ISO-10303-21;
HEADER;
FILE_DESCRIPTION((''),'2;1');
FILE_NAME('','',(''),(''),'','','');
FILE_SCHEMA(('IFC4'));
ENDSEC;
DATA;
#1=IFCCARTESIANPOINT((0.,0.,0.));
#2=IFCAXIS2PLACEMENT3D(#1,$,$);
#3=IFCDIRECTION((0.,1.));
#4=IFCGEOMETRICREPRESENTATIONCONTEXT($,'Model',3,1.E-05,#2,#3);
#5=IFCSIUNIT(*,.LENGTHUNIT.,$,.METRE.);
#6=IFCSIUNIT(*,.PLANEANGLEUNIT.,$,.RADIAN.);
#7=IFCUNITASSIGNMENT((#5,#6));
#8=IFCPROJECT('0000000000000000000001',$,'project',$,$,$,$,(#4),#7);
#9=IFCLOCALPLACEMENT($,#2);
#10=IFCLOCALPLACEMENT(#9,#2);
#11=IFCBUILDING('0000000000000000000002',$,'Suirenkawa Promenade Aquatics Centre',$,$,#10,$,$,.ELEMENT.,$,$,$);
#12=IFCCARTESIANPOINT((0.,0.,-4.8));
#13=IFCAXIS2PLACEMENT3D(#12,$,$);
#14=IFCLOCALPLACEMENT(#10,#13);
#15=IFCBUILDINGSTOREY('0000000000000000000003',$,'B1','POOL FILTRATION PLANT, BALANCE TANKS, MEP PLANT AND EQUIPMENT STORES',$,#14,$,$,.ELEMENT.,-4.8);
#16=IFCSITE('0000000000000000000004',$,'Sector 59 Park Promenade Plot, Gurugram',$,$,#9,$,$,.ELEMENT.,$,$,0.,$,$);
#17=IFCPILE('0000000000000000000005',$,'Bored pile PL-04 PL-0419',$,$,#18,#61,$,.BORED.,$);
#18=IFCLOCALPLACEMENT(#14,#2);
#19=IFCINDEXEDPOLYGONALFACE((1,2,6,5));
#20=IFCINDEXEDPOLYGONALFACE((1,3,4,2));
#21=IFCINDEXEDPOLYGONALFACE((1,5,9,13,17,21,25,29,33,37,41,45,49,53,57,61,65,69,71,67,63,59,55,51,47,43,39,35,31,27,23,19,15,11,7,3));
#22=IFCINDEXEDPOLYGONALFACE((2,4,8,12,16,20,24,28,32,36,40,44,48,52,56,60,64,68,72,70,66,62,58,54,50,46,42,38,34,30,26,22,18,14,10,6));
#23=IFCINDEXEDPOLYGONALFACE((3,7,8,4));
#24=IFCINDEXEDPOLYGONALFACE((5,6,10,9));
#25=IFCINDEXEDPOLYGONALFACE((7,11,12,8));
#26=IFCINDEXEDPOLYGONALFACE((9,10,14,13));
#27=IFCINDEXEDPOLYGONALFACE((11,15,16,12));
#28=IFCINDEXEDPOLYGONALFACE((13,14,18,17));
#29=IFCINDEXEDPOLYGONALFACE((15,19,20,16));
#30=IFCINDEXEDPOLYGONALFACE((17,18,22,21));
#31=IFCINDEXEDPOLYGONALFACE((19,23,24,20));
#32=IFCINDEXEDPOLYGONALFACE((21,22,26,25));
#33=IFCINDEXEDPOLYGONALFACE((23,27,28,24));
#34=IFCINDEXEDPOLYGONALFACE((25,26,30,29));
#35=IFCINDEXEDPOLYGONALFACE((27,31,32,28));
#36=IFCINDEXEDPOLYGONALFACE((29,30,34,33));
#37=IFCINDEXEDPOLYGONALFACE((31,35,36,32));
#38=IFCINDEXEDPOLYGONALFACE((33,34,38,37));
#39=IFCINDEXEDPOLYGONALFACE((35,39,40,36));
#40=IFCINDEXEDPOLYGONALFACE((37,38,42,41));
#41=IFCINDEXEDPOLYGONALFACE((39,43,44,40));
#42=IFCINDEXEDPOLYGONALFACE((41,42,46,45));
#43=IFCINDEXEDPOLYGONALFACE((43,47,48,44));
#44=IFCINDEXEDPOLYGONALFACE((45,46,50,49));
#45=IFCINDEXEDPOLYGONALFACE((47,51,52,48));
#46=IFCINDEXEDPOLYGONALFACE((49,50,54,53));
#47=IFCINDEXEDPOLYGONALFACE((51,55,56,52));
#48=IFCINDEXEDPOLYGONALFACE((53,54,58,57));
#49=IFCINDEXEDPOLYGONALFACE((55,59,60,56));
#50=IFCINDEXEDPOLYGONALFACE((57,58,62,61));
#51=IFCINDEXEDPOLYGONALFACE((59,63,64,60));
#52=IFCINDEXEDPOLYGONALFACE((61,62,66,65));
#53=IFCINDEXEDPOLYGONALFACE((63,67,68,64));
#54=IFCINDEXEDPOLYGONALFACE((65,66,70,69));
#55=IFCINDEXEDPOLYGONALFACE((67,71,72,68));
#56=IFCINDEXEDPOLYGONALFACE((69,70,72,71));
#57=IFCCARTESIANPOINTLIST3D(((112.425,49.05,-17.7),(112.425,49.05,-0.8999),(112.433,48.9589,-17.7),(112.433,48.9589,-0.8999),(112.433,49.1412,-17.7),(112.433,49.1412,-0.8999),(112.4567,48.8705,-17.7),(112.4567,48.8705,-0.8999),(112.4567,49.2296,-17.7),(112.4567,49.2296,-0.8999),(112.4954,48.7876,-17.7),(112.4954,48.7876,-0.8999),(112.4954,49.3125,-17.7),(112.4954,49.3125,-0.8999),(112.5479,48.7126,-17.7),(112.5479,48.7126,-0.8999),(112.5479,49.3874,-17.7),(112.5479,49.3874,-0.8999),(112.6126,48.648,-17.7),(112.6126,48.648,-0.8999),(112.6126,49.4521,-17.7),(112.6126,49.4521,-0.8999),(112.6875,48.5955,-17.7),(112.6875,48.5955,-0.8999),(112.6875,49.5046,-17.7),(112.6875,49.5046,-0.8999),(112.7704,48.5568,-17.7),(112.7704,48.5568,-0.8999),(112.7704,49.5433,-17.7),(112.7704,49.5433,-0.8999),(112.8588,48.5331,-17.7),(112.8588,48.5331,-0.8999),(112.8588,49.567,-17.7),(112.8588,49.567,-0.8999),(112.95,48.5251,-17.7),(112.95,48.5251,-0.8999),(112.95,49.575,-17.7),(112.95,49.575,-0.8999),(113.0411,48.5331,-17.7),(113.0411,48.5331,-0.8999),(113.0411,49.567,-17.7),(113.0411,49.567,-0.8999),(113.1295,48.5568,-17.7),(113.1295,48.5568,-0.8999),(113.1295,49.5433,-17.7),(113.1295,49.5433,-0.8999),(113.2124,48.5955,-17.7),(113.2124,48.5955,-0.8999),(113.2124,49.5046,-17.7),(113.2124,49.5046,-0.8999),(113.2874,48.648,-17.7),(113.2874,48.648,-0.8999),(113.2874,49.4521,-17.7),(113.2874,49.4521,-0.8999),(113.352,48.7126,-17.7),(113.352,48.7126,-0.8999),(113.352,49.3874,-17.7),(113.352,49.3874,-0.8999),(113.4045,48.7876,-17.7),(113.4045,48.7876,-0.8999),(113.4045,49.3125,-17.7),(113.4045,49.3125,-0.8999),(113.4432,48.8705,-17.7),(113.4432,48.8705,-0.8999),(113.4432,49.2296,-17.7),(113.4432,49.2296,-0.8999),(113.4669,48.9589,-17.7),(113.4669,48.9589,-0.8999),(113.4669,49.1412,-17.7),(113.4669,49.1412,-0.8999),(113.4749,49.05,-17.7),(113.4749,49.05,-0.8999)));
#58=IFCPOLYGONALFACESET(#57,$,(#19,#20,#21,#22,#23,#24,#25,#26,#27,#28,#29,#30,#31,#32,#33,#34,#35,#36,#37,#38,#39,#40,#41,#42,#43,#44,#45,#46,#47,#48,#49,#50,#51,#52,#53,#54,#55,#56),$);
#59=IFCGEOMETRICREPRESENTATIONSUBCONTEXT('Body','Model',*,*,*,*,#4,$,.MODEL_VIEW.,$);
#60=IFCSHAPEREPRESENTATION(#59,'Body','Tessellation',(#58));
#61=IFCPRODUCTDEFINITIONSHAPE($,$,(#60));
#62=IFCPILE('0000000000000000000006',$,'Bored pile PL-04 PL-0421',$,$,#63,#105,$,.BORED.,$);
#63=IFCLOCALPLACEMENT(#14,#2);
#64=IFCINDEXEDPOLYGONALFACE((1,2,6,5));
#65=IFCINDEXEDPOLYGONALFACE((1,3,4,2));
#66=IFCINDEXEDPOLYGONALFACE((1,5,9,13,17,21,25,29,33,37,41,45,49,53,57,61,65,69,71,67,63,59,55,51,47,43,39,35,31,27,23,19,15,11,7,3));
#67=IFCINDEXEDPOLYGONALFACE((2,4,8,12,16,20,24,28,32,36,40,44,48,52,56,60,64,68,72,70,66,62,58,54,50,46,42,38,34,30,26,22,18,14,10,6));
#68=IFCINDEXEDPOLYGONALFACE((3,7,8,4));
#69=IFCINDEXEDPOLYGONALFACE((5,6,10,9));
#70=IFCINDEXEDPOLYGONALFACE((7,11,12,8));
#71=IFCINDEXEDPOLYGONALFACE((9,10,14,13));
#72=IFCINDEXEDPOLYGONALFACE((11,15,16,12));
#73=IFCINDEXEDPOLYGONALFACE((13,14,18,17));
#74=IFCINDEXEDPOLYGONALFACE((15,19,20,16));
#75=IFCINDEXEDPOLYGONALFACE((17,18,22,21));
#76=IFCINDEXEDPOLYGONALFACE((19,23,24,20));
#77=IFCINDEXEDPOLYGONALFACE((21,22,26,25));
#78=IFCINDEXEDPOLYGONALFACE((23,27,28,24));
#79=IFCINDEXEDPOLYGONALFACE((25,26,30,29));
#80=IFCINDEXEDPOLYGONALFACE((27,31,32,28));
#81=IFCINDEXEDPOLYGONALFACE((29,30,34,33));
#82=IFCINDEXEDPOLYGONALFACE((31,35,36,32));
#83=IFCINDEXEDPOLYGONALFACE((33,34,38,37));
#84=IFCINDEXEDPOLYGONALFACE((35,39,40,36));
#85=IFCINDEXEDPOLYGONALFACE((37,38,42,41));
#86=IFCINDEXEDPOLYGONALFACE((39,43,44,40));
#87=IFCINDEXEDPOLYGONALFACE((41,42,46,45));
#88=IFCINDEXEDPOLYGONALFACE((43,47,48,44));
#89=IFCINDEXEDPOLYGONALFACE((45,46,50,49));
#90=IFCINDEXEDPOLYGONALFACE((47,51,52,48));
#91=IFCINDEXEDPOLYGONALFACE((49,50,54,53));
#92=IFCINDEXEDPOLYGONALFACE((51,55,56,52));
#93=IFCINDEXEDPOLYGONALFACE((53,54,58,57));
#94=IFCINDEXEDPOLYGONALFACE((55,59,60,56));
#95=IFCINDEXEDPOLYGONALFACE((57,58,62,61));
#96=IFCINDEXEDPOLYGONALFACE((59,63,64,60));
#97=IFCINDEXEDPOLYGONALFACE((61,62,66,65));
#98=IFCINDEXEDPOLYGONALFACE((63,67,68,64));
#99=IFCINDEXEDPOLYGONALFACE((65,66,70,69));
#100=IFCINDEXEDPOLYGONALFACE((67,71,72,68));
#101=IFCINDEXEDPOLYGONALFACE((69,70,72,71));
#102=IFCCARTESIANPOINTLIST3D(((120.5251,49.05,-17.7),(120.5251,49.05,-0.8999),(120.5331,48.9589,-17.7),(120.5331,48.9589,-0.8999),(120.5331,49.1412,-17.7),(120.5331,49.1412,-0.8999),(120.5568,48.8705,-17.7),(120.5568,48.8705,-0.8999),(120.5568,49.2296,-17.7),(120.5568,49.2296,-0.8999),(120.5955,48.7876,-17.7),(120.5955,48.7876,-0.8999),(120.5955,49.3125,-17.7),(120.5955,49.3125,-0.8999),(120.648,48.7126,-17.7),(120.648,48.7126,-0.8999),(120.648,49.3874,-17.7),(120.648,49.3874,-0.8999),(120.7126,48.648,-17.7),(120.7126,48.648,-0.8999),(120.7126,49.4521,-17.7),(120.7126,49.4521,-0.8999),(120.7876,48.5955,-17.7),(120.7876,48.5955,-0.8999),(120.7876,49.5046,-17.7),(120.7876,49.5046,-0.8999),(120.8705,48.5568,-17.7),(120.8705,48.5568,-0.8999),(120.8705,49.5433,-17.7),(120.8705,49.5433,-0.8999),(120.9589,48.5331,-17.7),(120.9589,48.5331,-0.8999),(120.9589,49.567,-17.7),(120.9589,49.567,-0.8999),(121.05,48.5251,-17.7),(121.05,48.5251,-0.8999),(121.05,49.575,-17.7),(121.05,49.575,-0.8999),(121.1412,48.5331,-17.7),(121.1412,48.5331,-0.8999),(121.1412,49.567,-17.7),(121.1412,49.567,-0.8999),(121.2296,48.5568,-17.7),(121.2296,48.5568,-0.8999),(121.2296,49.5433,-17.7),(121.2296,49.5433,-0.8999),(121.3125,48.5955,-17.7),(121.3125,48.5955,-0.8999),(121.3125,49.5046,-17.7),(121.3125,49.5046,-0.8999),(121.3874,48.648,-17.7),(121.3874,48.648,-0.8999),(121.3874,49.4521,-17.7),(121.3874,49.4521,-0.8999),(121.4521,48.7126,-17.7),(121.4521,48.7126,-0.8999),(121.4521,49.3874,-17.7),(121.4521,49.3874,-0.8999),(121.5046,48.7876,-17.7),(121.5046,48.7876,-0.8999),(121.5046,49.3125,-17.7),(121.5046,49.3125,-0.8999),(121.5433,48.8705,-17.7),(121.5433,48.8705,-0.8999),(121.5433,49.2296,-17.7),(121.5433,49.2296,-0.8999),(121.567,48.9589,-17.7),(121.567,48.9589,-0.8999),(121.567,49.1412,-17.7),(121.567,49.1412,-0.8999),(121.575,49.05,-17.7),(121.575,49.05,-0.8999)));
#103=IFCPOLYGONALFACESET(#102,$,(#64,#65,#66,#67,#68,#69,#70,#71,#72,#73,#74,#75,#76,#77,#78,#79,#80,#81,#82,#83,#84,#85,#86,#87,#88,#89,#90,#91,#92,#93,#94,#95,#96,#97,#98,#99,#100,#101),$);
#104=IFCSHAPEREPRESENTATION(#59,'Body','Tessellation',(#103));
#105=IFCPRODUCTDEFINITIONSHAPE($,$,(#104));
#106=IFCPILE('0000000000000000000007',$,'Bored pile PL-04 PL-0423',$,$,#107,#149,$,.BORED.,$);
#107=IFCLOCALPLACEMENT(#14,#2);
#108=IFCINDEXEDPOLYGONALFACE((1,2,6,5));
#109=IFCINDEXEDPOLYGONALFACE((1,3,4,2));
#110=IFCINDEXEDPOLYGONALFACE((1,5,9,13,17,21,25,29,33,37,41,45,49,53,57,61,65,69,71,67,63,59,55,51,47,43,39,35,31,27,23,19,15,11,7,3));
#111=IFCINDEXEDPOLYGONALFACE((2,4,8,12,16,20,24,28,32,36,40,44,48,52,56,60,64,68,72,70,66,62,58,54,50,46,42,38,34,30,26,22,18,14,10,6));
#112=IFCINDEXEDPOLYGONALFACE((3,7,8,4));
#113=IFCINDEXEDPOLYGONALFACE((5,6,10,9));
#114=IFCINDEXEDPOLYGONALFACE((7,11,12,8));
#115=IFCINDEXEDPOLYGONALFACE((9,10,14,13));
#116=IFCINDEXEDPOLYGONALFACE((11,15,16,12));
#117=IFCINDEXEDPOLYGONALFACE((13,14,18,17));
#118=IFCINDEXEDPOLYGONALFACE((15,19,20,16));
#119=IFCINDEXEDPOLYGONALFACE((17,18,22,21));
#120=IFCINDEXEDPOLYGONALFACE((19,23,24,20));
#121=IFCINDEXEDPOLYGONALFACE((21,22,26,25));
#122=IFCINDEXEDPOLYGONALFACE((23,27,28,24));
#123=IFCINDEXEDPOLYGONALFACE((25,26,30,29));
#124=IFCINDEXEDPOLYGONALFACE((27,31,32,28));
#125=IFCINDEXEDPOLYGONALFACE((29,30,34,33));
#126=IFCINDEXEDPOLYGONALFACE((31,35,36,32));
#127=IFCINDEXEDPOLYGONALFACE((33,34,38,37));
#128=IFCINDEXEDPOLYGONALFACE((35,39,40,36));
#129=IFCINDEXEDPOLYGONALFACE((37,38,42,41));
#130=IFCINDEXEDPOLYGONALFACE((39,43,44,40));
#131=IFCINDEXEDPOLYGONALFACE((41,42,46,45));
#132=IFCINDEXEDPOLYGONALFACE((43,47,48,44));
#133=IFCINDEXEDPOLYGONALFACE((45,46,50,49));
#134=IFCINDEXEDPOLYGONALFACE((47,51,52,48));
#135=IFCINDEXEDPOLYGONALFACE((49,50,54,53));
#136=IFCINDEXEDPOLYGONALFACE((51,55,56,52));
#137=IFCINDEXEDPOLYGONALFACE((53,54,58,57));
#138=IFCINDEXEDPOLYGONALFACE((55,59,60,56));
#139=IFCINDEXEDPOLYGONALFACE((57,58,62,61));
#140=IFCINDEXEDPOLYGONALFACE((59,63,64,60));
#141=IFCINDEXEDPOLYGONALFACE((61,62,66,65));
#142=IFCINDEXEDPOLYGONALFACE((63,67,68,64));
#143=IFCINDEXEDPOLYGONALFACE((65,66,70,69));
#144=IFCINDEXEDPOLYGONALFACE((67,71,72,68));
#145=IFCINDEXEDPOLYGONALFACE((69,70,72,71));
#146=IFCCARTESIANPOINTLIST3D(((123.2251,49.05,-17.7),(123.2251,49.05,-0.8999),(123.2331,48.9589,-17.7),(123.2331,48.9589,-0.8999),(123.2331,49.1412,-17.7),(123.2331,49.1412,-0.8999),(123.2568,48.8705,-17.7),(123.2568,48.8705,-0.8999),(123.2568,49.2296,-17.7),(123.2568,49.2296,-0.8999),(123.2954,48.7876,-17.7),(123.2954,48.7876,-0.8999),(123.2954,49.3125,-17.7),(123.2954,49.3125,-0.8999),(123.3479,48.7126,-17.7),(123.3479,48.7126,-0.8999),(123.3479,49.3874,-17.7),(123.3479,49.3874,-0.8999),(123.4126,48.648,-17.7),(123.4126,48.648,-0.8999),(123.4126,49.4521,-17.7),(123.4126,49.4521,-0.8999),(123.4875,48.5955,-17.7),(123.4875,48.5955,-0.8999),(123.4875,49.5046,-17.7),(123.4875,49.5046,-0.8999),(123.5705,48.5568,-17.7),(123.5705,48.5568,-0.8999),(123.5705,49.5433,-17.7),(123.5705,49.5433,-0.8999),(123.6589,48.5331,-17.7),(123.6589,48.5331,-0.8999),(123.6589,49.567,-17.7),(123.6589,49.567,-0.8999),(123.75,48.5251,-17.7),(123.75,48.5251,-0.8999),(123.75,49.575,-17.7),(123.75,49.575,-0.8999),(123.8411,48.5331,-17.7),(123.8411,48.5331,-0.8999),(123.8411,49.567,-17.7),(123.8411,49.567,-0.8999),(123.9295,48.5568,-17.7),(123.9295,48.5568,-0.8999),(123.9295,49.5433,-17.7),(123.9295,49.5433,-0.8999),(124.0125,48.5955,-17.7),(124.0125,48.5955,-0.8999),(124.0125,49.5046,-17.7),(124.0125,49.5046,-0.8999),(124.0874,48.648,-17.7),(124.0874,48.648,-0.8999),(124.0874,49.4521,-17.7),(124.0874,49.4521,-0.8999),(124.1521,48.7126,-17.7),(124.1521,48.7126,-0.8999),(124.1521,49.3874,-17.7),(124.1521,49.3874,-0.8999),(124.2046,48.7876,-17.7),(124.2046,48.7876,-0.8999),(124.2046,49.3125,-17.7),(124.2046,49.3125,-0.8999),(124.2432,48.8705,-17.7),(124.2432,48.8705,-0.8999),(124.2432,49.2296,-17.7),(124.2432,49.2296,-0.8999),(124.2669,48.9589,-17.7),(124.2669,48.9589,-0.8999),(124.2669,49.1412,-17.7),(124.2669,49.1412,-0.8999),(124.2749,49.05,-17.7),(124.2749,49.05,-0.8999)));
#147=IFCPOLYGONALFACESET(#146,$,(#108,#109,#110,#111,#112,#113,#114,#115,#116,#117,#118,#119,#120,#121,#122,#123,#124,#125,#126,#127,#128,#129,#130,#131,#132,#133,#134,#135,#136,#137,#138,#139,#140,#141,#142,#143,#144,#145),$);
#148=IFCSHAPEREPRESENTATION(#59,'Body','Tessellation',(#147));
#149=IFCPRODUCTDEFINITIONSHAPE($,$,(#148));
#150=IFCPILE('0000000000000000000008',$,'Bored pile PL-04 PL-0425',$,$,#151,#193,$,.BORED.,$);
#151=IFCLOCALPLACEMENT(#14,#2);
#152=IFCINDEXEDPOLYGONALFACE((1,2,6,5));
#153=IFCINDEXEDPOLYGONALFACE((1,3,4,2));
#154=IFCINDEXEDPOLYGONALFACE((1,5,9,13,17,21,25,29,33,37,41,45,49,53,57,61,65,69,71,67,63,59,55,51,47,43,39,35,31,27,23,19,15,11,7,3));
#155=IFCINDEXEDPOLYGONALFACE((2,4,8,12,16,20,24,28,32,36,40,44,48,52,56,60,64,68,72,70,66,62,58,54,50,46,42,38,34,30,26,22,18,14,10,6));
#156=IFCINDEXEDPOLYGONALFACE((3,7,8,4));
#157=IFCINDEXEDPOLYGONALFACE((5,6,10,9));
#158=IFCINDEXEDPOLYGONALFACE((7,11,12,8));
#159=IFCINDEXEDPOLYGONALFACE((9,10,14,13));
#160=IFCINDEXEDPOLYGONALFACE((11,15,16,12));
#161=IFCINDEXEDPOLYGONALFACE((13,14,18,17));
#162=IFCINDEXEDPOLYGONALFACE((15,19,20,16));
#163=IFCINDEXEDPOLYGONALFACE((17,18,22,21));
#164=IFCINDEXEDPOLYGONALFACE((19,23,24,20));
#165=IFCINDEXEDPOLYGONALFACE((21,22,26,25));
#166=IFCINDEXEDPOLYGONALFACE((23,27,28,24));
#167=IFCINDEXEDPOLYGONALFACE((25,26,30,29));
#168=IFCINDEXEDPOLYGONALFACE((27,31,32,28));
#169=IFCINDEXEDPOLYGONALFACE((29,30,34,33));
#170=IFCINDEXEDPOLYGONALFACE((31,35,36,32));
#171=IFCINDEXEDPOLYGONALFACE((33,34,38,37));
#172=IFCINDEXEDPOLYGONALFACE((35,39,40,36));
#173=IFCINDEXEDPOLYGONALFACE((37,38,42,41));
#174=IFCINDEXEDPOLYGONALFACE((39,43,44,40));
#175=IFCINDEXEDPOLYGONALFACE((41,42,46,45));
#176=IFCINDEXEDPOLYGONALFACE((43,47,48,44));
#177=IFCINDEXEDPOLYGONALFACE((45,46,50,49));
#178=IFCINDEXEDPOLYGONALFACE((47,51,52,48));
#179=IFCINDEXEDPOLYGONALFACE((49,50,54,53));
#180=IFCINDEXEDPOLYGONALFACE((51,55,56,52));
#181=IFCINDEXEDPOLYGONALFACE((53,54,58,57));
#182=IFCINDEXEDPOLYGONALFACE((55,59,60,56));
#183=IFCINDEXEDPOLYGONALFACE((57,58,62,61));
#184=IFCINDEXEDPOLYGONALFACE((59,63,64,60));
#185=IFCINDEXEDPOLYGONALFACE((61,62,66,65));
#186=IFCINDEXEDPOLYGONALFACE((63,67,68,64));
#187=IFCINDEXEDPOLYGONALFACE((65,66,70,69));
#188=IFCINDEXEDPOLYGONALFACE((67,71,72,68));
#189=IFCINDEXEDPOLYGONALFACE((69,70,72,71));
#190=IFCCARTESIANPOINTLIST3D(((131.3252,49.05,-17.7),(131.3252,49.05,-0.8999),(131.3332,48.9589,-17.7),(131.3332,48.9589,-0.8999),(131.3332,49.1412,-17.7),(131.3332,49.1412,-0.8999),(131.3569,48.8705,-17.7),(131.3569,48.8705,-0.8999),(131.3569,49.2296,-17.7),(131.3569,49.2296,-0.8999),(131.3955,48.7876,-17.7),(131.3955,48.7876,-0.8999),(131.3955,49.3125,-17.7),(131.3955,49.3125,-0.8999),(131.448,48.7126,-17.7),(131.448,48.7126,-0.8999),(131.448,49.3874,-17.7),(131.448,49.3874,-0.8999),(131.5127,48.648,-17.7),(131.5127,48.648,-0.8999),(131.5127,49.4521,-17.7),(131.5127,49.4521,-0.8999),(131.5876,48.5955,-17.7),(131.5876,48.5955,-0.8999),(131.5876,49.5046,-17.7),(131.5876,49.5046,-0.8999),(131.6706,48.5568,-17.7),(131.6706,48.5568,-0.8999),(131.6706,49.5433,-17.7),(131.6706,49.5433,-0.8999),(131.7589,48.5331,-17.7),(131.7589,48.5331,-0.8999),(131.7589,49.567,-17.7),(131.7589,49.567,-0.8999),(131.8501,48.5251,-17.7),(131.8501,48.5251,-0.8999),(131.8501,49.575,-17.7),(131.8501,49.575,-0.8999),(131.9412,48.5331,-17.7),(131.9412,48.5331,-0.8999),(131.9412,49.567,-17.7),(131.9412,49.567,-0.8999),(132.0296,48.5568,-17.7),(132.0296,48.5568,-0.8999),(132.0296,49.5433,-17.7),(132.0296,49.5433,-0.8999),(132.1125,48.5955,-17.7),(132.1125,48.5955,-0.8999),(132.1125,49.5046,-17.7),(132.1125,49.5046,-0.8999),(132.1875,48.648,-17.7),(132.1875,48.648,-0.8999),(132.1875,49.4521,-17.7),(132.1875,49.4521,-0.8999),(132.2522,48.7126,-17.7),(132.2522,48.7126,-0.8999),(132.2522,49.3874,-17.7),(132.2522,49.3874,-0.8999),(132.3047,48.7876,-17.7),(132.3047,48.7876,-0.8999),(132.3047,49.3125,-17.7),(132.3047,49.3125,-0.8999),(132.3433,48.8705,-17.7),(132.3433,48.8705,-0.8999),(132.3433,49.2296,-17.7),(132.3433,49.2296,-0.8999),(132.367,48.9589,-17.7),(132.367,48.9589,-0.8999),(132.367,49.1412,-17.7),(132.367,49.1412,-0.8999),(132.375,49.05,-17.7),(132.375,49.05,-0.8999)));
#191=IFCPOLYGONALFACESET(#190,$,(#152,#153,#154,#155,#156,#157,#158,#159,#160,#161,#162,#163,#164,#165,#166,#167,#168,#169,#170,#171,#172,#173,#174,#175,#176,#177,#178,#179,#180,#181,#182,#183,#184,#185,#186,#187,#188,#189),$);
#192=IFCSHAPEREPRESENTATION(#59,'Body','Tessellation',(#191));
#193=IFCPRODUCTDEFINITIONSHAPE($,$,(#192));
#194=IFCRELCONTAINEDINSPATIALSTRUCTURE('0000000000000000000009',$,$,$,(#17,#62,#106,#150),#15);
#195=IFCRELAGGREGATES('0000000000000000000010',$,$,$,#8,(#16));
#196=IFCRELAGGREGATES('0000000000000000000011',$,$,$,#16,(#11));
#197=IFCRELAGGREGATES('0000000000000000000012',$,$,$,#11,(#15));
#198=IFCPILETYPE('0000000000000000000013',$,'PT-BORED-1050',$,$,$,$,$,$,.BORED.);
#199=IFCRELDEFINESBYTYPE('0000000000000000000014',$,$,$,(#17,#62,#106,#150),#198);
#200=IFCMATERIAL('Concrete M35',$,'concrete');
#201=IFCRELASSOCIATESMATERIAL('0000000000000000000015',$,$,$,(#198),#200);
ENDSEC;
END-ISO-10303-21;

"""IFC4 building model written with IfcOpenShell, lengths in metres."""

from ifc_helpers import new_model, si_unit, direction, frame, origin, origin_2d, place, context, subcontext, project, spatial, circle, extrude, material, material_profile, profile_set, type_object, element, save


model = new_model("IFC4")

# Units and contexts
model_context = context("Model", 3, precision=1e-05, world=origin(), true_north=direction((0.0, 1.0)))
body_context = subcontext(model_context, "Body", "Model", "MODEL_VIEW")
ifc_project = project(units=[si_unit("LENGTHUNIT", "METRE"), si_unit("PLANEANGLEUNIT", "RADIAN")], contexts=[model_context])

# Site, building, storey
site_placement = place(None, origin())
site = spatial("IfcSite", under=ifc_project, at=site_placement, Name="Sector 59 Park Promenade Plot, Gurugram", CompositionType="ELEMENT", RefElevation=0.0)
building_placement = place(site_placement, origin())
building = spatial("IfcBuilding", under=site, at=building_placement, Name="Suirenkawa Promenade Aquatics Centre", CompositionType="ELEMENT")
storey_placement = place(building_placement, frame((0.0, 0.0, -4.8)))
storey = spatial("IfcBuildingStorey", under=building, at=storey_placement, Name="B1", Description="POOL FILTRATION PLANT, BALANCE TANKS, MEP PLANT AND EQUIPMENT STORES", CompositionType="ELEMENT", Elevation=-4.8)

# Shared definitions
ifc_material_1 = material(Name="Concrete M35", Category="concrete")

# Piles
ifc_material_profile_1 = material_profile(ifc_material_1, circle(Radius=0.5249, at=origin_2d()), Name="PILE D1050", Category="concrete")
ifc_profile_set_1 = profile_set([ifc_material_profile_1], Name="Concrete M35")
pile_type_1 = type_object("IfcPileType", Name="PT-BORED-1050", PredefinedType="BORED", material=ifc_profile_set_1)
for number, where, z_axis, x_axis, name in (
    (1, (112.95, 49.05, -0.8999), (0.0, 0.0, -1.0), (1.0, 0.0, 0.0), "Bored pile PL-04 PL-0419"),
    (2, (121.05, 49.05, -0.8999), (0.0, 0.0, -1.0), (1.0, 0.0, 0.0), "Bored pile PL-04 PL-0421"),
    (3, (123.75, 49.05, -0.8999), (0.0, 0.0, -1.0), (1.0, 0.0, 0.0), "Bored pile PL-04 PL-0423"),
    (4, (131.8501, 49.05, -0.8999), (0.0, 0.0, -1.0), (1.0, 0.0, 0.0), "Bored pile PL-04 PL-0425"),
):
    element("IfcPile", number, at=place(storey_placement, frame(where, z_axis=z_axis, x_axis=x_axis)), inside=storey, type_object=pile_type_1, Name=name, PredefinedType="BORED", context=body_context, shape_type="SweptSolid", body=[
        extrude(circle(Radius=0.5249, at=origin_2d()), origin(), (0.0, 0.0, 1.0), 16.8),
    ])

save(model, "model.ifc")
